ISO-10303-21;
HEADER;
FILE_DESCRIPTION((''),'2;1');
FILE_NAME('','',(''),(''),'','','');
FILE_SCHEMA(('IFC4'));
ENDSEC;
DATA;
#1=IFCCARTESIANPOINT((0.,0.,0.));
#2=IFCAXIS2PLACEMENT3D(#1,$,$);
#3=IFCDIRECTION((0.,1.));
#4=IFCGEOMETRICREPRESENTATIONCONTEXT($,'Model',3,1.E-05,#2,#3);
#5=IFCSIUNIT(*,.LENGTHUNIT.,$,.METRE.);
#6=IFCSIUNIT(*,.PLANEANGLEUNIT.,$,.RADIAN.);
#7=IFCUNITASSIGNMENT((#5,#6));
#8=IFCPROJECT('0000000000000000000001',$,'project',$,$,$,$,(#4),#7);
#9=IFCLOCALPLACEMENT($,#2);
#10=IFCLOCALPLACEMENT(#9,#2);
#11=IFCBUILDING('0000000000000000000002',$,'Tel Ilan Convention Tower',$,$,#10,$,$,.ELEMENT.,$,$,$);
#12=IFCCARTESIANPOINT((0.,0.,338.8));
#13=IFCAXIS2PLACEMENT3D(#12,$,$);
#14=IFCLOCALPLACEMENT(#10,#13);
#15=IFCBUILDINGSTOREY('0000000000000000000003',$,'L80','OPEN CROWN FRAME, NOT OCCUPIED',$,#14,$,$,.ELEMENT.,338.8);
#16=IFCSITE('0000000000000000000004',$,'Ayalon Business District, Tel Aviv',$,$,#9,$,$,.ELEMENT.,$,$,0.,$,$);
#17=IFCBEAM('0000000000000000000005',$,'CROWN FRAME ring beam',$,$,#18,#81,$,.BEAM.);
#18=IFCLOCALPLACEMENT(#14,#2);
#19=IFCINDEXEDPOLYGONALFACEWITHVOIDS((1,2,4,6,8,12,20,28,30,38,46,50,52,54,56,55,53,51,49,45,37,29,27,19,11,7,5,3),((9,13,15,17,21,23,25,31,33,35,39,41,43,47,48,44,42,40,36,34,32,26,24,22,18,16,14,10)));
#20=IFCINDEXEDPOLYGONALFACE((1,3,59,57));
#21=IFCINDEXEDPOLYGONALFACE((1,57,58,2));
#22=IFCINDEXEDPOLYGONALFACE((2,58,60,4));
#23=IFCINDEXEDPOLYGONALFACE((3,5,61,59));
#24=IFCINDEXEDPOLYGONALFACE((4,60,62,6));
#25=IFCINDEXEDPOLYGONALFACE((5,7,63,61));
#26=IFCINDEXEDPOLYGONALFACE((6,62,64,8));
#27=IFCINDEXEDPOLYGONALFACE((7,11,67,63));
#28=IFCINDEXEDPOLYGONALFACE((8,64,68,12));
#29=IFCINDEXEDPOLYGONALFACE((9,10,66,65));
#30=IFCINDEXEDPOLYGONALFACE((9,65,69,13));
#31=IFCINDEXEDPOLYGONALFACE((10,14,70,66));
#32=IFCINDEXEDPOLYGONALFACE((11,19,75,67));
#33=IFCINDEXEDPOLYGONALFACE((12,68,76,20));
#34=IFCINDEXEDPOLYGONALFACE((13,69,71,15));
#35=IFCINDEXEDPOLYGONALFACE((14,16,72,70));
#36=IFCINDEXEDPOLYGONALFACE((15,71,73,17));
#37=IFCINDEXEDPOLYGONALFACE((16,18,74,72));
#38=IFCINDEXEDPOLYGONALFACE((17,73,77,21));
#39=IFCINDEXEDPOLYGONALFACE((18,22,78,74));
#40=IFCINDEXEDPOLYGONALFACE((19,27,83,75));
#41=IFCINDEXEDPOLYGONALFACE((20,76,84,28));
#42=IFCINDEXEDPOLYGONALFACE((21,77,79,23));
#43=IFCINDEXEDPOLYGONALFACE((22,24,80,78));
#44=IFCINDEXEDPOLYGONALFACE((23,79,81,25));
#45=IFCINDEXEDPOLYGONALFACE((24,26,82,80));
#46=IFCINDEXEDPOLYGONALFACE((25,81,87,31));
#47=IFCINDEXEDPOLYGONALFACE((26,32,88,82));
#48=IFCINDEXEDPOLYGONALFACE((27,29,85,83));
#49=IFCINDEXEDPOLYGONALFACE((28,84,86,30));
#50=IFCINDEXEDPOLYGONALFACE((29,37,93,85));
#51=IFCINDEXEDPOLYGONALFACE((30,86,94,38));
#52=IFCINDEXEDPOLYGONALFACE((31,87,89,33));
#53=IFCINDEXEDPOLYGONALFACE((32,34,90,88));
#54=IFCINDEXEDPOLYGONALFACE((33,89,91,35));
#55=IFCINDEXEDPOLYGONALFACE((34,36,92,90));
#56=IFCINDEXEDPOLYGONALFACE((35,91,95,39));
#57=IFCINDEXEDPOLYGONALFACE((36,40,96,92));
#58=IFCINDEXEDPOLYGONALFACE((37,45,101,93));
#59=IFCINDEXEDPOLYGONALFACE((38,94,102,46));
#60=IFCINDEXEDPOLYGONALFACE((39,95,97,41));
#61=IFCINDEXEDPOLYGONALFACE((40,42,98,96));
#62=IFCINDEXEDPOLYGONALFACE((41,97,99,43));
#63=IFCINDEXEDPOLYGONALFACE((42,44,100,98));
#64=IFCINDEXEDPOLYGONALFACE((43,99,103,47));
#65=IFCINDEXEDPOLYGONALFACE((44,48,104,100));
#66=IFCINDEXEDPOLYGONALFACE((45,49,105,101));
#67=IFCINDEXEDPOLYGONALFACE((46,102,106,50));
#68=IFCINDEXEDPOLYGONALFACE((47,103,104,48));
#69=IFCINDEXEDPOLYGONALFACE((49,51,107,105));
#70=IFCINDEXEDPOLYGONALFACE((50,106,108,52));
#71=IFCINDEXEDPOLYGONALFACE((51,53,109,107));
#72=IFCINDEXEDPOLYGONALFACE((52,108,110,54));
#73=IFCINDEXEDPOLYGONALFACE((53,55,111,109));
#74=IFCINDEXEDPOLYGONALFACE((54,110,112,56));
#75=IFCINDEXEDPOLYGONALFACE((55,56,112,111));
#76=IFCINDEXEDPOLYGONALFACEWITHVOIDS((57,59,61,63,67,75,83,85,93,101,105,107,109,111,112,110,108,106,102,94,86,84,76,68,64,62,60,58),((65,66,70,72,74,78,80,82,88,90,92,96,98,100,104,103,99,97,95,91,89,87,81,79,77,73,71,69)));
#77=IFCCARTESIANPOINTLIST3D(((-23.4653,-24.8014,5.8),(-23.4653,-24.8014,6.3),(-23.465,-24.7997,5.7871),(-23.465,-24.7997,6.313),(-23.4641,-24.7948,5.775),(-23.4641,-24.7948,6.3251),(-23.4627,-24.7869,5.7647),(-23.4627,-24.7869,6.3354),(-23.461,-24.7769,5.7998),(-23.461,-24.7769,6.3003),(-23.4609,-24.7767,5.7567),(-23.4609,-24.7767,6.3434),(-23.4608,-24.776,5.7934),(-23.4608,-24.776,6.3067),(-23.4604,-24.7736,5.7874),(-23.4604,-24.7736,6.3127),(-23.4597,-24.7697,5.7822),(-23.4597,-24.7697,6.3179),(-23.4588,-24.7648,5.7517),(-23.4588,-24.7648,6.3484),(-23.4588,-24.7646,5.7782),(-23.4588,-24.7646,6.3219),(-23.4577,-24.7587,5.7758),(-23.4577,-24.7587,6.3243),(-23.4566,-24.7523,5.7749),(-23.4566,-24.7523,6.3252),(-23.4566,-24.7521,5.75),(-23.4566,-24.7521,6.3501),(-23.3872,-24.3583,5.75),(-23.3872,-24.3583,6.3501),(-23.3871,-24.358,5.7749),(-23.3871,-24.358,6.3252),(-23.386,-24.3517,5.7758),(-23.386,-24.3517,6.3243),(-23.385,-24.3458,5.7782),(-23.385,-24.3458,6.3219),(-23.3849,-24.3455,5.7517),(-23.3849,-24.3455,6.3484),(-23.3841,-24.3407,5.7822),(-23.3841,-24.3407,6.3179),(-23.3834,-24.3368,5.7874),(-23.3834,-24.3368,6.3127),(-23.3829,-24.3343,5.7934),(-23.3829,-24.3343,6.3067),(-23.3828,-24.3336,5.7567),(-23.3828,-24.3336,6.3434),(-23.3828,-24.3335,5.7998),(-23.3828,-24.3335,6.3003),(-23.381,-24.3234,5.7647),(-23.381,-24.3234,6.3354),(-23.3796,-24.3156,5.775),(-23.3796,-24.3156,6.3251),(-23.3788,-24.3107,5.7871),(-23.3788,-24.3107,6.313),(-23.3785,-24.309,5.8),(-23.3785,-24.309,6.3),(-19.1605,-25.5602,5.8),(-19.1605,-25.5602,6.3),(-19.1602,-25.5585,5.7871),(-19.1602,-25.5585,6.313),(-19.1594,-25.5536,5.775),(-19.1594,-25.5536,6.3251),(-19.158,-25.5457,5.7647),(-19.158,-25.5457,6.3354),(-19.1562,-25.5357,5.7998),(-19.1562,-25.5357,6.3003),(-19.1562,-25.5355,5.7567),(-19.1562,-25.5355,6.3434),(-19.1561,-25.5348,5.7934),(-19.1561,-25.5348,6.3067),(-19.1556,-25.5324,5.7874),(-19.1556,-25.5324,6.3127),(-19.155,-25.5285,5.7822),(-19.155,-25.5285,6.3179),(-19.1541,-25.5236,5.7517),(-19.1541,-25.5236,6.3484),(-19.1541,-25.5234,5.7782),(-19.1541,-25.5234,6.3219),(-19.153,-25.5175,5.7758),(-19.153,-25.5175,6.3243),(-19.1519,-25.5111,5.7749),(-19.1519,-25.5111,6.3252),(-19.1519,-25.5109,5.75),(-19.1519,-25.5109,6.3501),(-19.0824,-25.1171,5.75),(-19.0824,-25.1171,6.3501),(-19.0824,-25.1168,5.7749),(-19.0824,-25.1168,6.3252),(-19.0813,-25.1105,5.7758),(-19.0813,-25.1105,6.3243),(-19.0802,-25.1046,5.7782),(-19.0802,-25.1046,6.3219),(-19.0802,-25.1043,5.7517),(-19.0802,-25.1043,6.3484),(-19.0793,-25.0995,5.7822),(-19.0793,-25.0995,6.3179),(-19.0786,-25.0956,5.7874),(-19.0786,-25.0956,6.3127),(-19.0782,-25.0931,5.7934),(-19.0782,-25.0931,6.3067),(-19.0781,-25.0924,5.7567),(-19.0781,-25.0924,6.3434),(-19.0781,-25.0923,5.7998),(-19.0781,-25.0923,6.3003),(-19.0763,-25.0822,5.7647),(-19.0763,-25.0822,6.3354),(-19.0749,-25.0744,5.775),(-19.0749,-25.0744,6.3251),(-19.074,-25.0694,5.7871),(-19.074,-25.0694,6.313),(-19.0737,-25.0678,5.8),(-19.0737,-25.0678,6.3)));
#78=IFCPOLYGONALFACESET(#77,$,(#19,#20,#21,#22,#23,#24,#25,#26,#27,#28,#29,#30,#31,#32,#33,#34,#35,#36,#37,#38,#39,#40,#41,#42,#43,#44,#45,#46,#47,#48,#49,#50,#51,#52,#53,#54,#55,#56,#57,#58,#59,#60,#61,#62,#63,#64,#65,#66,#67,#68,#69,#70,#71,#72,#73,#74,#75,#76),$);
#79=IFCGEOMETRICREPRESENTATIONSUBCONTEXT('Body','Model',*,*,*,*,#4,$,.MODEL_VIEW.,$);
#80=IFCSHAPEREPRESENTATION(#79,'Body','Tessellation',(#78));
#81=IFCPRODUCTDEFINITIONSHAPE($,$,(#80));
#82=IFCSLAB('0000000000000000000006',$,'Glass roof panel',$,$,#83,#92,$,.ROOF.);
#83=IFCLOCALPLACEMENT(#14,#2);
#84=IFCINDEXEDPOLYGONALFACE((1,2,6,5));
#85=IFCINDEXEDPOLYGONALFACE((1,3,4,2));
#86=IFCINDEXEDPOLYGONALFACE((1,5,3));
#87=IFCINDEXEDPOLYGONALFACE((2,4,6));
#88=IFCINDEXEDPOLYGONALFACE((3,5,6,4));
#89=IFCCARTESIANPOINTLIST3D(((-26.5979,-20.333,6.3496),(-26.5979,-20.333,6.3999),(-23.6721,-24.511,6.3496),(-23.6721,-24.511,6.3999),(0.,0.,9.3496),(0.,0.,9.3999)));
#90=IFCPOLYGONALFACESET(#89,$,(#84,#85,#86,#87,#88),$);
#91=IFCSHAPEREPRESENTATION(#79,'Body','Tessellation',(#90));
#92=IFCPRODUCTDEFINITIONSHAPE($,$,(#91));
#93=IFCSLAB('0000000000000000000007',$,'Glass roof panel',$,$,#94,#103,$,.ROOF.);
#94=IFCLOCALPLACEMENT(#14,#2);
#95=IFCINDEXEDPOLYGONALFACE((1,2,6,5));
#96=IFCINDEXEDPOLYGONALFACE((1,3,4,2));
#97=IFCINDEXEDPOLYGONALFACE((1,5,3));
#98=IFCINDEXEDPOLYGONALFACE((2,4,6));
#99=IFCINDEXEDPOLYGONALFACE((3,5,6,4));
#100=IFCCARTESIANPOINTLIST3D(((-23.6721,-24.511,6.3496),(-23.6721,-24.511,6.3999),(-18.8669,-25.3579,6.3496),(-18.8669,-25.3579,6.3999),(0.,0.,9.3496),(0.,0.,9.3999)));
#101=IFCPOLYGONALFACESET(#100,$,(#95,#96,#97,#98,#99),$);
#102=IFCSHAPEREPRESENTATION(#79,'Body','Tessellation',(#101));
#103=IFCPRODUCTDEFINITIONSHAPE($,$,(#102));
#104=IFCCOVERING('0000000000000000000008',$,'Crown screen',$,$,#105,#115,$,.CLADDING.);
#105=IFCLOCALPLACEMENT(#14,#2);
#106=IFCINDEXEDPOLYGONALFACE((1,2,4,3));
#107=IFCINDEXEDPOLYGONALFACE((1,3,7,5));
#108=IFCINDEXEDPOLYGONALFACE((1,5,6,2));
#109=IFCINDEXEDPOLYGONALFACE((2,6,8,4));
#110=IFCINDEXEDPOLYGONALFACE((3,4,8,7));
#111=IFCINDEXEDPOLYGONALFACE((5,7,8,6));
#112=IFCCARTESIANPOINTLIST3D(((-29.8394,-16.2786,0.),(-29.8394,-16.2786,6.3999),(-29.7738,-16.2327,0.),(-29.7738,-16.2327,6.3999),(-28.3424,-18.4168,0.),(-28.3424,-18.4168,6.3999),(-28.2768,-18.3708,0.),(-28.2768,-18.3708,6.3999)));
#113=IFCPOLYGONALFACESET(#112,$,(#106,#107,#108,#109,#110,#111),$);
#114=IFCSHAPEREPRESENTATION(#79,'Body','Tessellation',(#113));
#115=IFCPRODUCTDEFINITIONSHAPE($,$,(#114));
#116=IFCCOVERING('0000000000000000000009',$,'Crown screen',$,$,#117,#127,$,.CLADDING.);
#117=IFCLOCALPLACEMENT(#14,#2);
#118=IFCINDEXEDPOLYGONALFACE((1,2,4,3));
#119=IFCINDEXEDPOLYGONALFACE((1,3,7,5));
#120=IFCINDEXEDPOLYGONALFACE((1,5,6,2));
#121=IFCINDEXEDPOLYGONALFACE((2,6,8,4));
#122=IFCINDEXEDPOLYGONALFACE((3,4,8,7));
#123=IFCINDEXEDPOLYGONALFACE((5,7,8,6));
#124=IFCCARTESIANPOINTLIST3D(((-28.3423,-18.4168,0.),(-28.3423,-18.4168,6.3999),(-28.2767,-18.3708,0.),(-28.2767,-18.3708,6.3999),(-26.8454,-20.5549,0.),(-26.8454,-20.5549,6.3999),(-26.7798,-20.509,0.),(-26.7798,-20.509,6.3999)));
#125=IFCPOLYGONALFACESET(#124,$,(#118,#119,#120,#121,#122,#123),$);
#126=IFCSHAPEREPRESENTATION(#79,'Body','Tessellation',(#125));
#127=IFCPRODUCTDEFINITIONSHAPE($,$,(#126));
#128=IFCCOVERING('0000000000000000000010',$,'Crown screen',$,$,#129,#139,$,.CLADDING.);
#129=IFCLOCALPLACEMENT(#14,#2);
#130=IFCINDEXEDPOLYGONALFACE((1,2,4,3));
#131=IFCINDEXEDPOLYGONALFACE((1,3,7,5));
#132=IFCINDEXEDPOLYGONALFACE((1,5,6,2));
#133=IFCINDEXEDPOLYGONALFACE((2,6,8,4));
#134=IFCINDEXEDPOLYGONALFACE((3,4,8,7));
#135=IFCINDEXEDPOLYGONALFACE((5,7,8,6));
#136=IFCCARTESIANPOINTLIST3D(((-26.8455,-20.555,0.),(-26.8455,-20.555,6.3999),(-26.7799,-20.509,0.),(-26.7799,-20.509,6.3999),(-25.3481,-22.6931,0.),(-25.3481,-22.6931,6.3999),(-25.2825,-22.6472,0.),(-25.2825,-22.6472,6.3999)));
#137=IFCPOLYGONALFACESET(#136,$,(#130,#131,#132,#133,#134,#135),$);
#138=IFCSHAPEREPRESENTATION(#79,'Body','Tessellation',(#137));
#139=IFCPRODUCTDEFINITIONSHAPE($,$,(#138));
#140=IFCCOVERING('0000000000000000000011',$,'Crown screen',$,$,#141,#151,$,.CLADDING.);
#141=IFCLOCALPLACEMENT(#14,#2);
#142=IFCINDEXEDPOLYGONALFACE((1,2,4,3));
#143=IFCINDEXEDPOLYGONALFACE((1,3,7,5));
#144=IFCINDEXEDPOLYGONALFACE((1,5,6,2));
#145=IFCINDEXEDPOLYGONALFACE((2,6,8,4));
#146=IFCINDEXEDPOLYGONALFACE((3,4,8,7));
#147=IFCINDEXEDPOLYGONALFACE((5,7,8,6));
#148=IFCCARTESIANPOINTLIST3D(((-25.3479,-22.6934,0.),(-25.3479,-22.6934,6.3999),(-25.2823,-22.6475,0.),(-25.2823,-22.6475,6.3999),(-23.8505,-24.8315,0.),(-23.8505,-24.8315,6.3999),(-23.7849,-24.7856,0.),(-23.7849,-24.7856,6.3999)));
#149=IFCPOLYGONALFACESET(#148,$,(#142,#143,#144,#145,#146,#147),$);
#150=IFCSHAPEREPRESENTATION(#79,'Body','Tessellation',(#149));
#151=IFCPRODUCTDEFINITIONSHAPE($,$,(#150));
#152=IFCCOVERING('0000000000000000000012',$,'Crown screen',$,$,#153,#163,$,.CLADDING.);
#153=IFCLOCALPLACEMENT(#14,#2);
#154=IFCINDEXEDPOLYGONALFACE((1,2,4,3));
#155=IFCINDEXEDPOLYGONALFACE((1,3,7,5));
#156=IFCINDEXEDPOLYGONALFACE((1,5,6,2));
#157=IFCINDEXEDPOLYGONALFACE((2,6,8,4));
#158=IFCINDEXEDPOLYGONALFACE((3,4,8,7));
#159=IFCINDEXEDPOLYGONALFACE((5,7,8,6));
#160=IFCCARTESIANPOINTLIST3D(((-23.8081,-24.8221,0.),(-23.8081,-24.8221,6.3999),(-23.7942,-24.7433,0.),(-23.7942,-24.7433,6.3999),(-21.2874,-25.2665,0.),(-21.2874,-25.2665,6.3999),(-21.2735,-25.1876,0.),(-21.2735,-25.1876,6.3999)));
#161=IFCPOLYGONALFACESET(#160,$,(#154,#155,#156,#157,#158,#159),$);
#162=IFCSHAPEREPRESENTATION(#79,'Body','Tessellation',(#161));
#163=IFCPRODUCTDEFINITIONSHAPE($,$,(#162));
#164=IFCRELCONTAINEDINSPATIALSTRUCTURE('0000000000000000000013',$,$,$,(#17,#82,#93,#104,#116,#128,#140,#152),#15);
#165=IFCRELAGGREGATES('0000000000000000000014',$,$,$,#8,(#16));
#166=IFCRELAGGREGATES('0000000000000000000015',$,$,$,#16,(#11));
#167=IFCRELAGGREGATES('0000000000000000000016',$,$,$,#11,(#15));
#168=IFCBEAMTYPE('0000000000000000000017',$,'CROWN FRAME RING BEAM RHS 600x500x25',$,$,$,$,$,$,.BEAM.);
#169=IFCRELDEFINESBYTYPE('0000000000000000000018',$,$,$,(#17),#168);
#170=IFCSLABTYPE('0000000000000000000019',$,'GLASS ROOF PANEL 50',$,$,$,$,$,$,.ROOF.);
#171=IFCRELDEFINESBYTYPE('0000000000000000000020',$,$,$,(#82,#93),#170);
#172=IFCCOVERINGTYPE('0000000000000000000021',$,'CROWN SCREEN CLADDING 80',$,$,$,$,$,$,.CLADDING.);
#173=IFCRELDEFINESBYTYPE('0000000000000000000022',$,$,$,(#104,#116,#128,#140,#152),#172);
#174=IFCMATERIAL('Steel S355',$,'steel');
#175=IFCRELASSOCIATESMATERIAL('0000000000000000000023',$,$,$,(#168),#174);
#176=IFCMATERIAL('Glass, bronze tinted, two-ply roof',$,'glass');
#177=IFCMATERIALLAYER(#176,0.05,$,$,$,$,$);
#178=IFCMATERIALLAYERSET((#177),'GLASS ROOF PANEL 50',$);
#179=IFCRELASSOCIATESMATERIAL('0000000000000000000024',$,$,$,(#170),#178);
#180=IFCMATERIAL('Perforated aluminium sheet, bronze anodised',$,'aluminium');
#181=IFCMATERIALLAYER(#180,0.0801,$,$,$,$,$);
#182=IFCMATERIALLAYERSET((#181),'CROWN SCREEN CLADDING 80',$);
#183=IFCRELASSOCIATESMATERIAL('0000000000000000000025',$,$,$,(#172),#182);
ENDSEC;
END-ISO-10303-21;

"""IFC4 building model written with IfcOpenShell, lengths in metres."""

from ifc_helpers import new_model, si_unit, direction, frame, origin, origin_2d, place, context, subcontext, project, spatial, polyline, rectangle, hollow_rectangle, outline, extrude, material, layer, layer_set, material_profile, profile_set, type_object, element, save


model = new_model("IFC4")

# Units and contexts
model_context = context("Model", 3, precision=1e-05, world=origin(), true_north=direction((0.0, 1.0)))
body_context = subcontext(model_context, "Body", "Model", "MODEL_VIEW")
ifc_project = project(units=[si_unit("LENGTHUNIT", "METRE"), si_unit("PLANEANGLEUNIT", "RADIAN")], contexts=[model_context])

# Site, building, storey
site_placement = place(None, origin())
site = spatial("IfcSite", under=ifc_project, at=site_placement, Name="Ayalon Business District, Tel Aviv", CompositionType="ELEMENT", RefElevation=0.0)
building_placement = place(site_placement, origin())
building = spatial("IfcBuilding", under=site, at=building_placement, Name="Tel Ilan Convention Tower", CompositionType="ELEMENT")
storey_placement = place(building_placement, frame((0.0, 0.0, 338.8)))
storey = spatial("IfcBuildingStorey", under=building, at=storey_placement, Name="L80", Description="OPEN CROWN FRAME, NOT OCCUPIED", CompositionType="ELEMENT", Elevation=338.8)

# Beam
ifc_material_1 = material(Name="Steel S355", Category="steel")
ifc_material_profile_1 = material_profile(ifc_material_1, hollow_rectangle(XDim=0.5, YDim=0.6001, WallThickness=0.0249, InnerFilletRadius=0.0249, OuterFilletRadius=0.05, at=origin_2d()), Name="RHS 600x500x25")
ifc_profile_set_1 = profile_set([ifc_material_profile_1], Name="Steel S355")
beam_type = type_object("IfcBeamType", Name="CROWN FRAME RING BEAM RHS 600x500x25", PredefinedType="BEAM", material=ifc_profile_set_1)
for number, where, z_axis, x_axis, name in (
    (1, (-23.4219, -24.5552, 6.05), (0.984817, -0.173594, 0.0), (0.173594, 0.984817, 0.0), "CROWN FRAME ring beam"),
):
    element("IfcBeam", number, at=place(storey_placement, frame(where, z_axis=z_axis, x_axis=x_axis)), inside=storey, type_object=beam_type, Name=name, PredefinedType="BEAM", context=body_context, shape_type="SweptSolid", body=[
        extrude(hollow_rectangle(XDim=0.5, YDim=0.6001, WallThickness=0.0249, InnerFilletRadius=0.0249, OuterFilletRadius=0.05, at=origin_2d()), origin(), (0.0, 0.0, 1.0), 4.3711),
    ])

# Slabs
ifc_material_2 = material(Name="Glass, bronze tinted, two-ply roof", Category="glass")
ifc_layer_1 = layer(ifc_material_2, 0.05)
ifc_layer_set_1 = layer_set([ifc_layer_1], Name="GLASS ROOF PANEL 50")
slab_type = type_object("IfcSlabType", Name="GLASS ROOF PANEL 50", PredefinedType="ROOF", material=ifc_layer_set_1)
slab_1_placement = place(storey_placement, frame((-26.5979, -20.333, 6.3999), z_axis=(-0.073169, -0.05124, 0.996002), x_axis=(0.57362, -0.819122, 0.0)))
element("IfcSlab", 2, at=slab_1_placement, inside=storey, type_object=slab_type, Name="Glass roof panel", PredefinedType="ROOF", context=body_context, shape_type="SweptSolid", body=[
    extrude(outline(polyline([(0.0, 0.0), (5.1006, 0.0), (-1.3981, 33.5846), (0.0, 0.0)])), origin(), (0.0, -0.089327, -0.996002), 0.0503),
])
slab_2_placement = place(storey_placement, frame((-23.6721, -24.511, 6.3999), z_axis=(-0.018331, -0.104006, 0.994408), x_axis=(0.98482, -0.173577, 0.0)))
element("IfcSlab", 3, at=slab_2_placement, inside=storey, type_object=slab_type, Name="Glass roof panel", PredefinedType="ROOF", context=body_context, shape_type="SweptSolid", body=[
    extrude(outline(polyline([(0.0, 0.0), (4.8792, 0.0), (19.0582, 28.4067), (0.0, 0.0)])), origin(), (0.0, -0.105609, -0.994408), 0.0503),
])

# Coverings
ifc_material_3 = material(Name="Perforated aluminium sheet, bronze anodised", Category="aluminium")
ifc_layer_2 = layer(ifc_material_3, 0.0801)
ifc_layer_set_2 = layer_set([ifc_layer_2], Name="CROWN SCREEN CLADDING 80")
covering_type = type_object("IfcCoveringType", Name="CROWN SCREEN CLADDING 80", PredefinedType="CLADDING", material=ifc_layer_set_2)
for number, where, z_axis, x_axis, name in (
    (4, (-29.0581, -17.3247, 0.0), (0.0, 0.0, 1.0), (0.573515, -0.819195, 0.0), "Crown screen"),
    (5, (-27.561, -19.4629, 0.0), (0.0, 0.0, 1.0), (0.573515, -0.819195, 0.0), "Crown screen"),
):
    element("IfcCovering", number, at=place(storey_placement, frame(where, z_axis=z_axis, x_axis=x_axis)), inside=storey, type_object=covering_type, Name=name, PredefinedType="CLADDING", context=body_context, shape_type="SweptSolid", body=[
        extrude(rectangle(XDim=2.6101, YDim=0.0801, at=origin_2d()), origin(), (0.0, 0.0, 1.0), 6.3999),
    ])
for number, where, z_axis, x_axis, name in (
    (6, (-26.064, -21.6011, 0.0), (0.0, 0.0, 1.0), (0.573647, -0.819103, 0.0), "Crown screen"),
    (7, (-24.5664, -23.7395, 0.0), (0.0, 0.0, 1.0), (0.573647, -0.819103, 0.0), "Crown screen"),
):
    element("IfcCovering", number, at=place(storey_placement, frame(where, z_axis=z_axis, x_axis=x_axis)), inside=storey, type_object=covering_type, Name=name, PredefinedType="CLADDING", context=body_context, shape_type="SweptSolid", body=[
        extrude(rectangle(XDim=2.6104, YDim=0.0801, at=origin_2d()), origin(), (0.0, 0.0, 1.0), 6.3999),
    ])
covering_placement = place(storey_placement, frame((-22.5408, -25.0049, 0.0), z_axis=(0.0, 0.0, 1.0), x_axis=(0.984817, -0.173598, 0.0)))
element("IfcCovering", 8, at=covering_placement, inside=storey, type_object=covering_type, Name="Crown screen", PredefinedType="CLADDING", context=body_context, shape_type="SweptSolid", body=[
    extrude(rectangle(XDim=2.5596, YDim=0.0801, at=origin_2d()), origin(), (0.0, 0.0, 1.0), 6.3999),
])

save(model, "model.ifc")
